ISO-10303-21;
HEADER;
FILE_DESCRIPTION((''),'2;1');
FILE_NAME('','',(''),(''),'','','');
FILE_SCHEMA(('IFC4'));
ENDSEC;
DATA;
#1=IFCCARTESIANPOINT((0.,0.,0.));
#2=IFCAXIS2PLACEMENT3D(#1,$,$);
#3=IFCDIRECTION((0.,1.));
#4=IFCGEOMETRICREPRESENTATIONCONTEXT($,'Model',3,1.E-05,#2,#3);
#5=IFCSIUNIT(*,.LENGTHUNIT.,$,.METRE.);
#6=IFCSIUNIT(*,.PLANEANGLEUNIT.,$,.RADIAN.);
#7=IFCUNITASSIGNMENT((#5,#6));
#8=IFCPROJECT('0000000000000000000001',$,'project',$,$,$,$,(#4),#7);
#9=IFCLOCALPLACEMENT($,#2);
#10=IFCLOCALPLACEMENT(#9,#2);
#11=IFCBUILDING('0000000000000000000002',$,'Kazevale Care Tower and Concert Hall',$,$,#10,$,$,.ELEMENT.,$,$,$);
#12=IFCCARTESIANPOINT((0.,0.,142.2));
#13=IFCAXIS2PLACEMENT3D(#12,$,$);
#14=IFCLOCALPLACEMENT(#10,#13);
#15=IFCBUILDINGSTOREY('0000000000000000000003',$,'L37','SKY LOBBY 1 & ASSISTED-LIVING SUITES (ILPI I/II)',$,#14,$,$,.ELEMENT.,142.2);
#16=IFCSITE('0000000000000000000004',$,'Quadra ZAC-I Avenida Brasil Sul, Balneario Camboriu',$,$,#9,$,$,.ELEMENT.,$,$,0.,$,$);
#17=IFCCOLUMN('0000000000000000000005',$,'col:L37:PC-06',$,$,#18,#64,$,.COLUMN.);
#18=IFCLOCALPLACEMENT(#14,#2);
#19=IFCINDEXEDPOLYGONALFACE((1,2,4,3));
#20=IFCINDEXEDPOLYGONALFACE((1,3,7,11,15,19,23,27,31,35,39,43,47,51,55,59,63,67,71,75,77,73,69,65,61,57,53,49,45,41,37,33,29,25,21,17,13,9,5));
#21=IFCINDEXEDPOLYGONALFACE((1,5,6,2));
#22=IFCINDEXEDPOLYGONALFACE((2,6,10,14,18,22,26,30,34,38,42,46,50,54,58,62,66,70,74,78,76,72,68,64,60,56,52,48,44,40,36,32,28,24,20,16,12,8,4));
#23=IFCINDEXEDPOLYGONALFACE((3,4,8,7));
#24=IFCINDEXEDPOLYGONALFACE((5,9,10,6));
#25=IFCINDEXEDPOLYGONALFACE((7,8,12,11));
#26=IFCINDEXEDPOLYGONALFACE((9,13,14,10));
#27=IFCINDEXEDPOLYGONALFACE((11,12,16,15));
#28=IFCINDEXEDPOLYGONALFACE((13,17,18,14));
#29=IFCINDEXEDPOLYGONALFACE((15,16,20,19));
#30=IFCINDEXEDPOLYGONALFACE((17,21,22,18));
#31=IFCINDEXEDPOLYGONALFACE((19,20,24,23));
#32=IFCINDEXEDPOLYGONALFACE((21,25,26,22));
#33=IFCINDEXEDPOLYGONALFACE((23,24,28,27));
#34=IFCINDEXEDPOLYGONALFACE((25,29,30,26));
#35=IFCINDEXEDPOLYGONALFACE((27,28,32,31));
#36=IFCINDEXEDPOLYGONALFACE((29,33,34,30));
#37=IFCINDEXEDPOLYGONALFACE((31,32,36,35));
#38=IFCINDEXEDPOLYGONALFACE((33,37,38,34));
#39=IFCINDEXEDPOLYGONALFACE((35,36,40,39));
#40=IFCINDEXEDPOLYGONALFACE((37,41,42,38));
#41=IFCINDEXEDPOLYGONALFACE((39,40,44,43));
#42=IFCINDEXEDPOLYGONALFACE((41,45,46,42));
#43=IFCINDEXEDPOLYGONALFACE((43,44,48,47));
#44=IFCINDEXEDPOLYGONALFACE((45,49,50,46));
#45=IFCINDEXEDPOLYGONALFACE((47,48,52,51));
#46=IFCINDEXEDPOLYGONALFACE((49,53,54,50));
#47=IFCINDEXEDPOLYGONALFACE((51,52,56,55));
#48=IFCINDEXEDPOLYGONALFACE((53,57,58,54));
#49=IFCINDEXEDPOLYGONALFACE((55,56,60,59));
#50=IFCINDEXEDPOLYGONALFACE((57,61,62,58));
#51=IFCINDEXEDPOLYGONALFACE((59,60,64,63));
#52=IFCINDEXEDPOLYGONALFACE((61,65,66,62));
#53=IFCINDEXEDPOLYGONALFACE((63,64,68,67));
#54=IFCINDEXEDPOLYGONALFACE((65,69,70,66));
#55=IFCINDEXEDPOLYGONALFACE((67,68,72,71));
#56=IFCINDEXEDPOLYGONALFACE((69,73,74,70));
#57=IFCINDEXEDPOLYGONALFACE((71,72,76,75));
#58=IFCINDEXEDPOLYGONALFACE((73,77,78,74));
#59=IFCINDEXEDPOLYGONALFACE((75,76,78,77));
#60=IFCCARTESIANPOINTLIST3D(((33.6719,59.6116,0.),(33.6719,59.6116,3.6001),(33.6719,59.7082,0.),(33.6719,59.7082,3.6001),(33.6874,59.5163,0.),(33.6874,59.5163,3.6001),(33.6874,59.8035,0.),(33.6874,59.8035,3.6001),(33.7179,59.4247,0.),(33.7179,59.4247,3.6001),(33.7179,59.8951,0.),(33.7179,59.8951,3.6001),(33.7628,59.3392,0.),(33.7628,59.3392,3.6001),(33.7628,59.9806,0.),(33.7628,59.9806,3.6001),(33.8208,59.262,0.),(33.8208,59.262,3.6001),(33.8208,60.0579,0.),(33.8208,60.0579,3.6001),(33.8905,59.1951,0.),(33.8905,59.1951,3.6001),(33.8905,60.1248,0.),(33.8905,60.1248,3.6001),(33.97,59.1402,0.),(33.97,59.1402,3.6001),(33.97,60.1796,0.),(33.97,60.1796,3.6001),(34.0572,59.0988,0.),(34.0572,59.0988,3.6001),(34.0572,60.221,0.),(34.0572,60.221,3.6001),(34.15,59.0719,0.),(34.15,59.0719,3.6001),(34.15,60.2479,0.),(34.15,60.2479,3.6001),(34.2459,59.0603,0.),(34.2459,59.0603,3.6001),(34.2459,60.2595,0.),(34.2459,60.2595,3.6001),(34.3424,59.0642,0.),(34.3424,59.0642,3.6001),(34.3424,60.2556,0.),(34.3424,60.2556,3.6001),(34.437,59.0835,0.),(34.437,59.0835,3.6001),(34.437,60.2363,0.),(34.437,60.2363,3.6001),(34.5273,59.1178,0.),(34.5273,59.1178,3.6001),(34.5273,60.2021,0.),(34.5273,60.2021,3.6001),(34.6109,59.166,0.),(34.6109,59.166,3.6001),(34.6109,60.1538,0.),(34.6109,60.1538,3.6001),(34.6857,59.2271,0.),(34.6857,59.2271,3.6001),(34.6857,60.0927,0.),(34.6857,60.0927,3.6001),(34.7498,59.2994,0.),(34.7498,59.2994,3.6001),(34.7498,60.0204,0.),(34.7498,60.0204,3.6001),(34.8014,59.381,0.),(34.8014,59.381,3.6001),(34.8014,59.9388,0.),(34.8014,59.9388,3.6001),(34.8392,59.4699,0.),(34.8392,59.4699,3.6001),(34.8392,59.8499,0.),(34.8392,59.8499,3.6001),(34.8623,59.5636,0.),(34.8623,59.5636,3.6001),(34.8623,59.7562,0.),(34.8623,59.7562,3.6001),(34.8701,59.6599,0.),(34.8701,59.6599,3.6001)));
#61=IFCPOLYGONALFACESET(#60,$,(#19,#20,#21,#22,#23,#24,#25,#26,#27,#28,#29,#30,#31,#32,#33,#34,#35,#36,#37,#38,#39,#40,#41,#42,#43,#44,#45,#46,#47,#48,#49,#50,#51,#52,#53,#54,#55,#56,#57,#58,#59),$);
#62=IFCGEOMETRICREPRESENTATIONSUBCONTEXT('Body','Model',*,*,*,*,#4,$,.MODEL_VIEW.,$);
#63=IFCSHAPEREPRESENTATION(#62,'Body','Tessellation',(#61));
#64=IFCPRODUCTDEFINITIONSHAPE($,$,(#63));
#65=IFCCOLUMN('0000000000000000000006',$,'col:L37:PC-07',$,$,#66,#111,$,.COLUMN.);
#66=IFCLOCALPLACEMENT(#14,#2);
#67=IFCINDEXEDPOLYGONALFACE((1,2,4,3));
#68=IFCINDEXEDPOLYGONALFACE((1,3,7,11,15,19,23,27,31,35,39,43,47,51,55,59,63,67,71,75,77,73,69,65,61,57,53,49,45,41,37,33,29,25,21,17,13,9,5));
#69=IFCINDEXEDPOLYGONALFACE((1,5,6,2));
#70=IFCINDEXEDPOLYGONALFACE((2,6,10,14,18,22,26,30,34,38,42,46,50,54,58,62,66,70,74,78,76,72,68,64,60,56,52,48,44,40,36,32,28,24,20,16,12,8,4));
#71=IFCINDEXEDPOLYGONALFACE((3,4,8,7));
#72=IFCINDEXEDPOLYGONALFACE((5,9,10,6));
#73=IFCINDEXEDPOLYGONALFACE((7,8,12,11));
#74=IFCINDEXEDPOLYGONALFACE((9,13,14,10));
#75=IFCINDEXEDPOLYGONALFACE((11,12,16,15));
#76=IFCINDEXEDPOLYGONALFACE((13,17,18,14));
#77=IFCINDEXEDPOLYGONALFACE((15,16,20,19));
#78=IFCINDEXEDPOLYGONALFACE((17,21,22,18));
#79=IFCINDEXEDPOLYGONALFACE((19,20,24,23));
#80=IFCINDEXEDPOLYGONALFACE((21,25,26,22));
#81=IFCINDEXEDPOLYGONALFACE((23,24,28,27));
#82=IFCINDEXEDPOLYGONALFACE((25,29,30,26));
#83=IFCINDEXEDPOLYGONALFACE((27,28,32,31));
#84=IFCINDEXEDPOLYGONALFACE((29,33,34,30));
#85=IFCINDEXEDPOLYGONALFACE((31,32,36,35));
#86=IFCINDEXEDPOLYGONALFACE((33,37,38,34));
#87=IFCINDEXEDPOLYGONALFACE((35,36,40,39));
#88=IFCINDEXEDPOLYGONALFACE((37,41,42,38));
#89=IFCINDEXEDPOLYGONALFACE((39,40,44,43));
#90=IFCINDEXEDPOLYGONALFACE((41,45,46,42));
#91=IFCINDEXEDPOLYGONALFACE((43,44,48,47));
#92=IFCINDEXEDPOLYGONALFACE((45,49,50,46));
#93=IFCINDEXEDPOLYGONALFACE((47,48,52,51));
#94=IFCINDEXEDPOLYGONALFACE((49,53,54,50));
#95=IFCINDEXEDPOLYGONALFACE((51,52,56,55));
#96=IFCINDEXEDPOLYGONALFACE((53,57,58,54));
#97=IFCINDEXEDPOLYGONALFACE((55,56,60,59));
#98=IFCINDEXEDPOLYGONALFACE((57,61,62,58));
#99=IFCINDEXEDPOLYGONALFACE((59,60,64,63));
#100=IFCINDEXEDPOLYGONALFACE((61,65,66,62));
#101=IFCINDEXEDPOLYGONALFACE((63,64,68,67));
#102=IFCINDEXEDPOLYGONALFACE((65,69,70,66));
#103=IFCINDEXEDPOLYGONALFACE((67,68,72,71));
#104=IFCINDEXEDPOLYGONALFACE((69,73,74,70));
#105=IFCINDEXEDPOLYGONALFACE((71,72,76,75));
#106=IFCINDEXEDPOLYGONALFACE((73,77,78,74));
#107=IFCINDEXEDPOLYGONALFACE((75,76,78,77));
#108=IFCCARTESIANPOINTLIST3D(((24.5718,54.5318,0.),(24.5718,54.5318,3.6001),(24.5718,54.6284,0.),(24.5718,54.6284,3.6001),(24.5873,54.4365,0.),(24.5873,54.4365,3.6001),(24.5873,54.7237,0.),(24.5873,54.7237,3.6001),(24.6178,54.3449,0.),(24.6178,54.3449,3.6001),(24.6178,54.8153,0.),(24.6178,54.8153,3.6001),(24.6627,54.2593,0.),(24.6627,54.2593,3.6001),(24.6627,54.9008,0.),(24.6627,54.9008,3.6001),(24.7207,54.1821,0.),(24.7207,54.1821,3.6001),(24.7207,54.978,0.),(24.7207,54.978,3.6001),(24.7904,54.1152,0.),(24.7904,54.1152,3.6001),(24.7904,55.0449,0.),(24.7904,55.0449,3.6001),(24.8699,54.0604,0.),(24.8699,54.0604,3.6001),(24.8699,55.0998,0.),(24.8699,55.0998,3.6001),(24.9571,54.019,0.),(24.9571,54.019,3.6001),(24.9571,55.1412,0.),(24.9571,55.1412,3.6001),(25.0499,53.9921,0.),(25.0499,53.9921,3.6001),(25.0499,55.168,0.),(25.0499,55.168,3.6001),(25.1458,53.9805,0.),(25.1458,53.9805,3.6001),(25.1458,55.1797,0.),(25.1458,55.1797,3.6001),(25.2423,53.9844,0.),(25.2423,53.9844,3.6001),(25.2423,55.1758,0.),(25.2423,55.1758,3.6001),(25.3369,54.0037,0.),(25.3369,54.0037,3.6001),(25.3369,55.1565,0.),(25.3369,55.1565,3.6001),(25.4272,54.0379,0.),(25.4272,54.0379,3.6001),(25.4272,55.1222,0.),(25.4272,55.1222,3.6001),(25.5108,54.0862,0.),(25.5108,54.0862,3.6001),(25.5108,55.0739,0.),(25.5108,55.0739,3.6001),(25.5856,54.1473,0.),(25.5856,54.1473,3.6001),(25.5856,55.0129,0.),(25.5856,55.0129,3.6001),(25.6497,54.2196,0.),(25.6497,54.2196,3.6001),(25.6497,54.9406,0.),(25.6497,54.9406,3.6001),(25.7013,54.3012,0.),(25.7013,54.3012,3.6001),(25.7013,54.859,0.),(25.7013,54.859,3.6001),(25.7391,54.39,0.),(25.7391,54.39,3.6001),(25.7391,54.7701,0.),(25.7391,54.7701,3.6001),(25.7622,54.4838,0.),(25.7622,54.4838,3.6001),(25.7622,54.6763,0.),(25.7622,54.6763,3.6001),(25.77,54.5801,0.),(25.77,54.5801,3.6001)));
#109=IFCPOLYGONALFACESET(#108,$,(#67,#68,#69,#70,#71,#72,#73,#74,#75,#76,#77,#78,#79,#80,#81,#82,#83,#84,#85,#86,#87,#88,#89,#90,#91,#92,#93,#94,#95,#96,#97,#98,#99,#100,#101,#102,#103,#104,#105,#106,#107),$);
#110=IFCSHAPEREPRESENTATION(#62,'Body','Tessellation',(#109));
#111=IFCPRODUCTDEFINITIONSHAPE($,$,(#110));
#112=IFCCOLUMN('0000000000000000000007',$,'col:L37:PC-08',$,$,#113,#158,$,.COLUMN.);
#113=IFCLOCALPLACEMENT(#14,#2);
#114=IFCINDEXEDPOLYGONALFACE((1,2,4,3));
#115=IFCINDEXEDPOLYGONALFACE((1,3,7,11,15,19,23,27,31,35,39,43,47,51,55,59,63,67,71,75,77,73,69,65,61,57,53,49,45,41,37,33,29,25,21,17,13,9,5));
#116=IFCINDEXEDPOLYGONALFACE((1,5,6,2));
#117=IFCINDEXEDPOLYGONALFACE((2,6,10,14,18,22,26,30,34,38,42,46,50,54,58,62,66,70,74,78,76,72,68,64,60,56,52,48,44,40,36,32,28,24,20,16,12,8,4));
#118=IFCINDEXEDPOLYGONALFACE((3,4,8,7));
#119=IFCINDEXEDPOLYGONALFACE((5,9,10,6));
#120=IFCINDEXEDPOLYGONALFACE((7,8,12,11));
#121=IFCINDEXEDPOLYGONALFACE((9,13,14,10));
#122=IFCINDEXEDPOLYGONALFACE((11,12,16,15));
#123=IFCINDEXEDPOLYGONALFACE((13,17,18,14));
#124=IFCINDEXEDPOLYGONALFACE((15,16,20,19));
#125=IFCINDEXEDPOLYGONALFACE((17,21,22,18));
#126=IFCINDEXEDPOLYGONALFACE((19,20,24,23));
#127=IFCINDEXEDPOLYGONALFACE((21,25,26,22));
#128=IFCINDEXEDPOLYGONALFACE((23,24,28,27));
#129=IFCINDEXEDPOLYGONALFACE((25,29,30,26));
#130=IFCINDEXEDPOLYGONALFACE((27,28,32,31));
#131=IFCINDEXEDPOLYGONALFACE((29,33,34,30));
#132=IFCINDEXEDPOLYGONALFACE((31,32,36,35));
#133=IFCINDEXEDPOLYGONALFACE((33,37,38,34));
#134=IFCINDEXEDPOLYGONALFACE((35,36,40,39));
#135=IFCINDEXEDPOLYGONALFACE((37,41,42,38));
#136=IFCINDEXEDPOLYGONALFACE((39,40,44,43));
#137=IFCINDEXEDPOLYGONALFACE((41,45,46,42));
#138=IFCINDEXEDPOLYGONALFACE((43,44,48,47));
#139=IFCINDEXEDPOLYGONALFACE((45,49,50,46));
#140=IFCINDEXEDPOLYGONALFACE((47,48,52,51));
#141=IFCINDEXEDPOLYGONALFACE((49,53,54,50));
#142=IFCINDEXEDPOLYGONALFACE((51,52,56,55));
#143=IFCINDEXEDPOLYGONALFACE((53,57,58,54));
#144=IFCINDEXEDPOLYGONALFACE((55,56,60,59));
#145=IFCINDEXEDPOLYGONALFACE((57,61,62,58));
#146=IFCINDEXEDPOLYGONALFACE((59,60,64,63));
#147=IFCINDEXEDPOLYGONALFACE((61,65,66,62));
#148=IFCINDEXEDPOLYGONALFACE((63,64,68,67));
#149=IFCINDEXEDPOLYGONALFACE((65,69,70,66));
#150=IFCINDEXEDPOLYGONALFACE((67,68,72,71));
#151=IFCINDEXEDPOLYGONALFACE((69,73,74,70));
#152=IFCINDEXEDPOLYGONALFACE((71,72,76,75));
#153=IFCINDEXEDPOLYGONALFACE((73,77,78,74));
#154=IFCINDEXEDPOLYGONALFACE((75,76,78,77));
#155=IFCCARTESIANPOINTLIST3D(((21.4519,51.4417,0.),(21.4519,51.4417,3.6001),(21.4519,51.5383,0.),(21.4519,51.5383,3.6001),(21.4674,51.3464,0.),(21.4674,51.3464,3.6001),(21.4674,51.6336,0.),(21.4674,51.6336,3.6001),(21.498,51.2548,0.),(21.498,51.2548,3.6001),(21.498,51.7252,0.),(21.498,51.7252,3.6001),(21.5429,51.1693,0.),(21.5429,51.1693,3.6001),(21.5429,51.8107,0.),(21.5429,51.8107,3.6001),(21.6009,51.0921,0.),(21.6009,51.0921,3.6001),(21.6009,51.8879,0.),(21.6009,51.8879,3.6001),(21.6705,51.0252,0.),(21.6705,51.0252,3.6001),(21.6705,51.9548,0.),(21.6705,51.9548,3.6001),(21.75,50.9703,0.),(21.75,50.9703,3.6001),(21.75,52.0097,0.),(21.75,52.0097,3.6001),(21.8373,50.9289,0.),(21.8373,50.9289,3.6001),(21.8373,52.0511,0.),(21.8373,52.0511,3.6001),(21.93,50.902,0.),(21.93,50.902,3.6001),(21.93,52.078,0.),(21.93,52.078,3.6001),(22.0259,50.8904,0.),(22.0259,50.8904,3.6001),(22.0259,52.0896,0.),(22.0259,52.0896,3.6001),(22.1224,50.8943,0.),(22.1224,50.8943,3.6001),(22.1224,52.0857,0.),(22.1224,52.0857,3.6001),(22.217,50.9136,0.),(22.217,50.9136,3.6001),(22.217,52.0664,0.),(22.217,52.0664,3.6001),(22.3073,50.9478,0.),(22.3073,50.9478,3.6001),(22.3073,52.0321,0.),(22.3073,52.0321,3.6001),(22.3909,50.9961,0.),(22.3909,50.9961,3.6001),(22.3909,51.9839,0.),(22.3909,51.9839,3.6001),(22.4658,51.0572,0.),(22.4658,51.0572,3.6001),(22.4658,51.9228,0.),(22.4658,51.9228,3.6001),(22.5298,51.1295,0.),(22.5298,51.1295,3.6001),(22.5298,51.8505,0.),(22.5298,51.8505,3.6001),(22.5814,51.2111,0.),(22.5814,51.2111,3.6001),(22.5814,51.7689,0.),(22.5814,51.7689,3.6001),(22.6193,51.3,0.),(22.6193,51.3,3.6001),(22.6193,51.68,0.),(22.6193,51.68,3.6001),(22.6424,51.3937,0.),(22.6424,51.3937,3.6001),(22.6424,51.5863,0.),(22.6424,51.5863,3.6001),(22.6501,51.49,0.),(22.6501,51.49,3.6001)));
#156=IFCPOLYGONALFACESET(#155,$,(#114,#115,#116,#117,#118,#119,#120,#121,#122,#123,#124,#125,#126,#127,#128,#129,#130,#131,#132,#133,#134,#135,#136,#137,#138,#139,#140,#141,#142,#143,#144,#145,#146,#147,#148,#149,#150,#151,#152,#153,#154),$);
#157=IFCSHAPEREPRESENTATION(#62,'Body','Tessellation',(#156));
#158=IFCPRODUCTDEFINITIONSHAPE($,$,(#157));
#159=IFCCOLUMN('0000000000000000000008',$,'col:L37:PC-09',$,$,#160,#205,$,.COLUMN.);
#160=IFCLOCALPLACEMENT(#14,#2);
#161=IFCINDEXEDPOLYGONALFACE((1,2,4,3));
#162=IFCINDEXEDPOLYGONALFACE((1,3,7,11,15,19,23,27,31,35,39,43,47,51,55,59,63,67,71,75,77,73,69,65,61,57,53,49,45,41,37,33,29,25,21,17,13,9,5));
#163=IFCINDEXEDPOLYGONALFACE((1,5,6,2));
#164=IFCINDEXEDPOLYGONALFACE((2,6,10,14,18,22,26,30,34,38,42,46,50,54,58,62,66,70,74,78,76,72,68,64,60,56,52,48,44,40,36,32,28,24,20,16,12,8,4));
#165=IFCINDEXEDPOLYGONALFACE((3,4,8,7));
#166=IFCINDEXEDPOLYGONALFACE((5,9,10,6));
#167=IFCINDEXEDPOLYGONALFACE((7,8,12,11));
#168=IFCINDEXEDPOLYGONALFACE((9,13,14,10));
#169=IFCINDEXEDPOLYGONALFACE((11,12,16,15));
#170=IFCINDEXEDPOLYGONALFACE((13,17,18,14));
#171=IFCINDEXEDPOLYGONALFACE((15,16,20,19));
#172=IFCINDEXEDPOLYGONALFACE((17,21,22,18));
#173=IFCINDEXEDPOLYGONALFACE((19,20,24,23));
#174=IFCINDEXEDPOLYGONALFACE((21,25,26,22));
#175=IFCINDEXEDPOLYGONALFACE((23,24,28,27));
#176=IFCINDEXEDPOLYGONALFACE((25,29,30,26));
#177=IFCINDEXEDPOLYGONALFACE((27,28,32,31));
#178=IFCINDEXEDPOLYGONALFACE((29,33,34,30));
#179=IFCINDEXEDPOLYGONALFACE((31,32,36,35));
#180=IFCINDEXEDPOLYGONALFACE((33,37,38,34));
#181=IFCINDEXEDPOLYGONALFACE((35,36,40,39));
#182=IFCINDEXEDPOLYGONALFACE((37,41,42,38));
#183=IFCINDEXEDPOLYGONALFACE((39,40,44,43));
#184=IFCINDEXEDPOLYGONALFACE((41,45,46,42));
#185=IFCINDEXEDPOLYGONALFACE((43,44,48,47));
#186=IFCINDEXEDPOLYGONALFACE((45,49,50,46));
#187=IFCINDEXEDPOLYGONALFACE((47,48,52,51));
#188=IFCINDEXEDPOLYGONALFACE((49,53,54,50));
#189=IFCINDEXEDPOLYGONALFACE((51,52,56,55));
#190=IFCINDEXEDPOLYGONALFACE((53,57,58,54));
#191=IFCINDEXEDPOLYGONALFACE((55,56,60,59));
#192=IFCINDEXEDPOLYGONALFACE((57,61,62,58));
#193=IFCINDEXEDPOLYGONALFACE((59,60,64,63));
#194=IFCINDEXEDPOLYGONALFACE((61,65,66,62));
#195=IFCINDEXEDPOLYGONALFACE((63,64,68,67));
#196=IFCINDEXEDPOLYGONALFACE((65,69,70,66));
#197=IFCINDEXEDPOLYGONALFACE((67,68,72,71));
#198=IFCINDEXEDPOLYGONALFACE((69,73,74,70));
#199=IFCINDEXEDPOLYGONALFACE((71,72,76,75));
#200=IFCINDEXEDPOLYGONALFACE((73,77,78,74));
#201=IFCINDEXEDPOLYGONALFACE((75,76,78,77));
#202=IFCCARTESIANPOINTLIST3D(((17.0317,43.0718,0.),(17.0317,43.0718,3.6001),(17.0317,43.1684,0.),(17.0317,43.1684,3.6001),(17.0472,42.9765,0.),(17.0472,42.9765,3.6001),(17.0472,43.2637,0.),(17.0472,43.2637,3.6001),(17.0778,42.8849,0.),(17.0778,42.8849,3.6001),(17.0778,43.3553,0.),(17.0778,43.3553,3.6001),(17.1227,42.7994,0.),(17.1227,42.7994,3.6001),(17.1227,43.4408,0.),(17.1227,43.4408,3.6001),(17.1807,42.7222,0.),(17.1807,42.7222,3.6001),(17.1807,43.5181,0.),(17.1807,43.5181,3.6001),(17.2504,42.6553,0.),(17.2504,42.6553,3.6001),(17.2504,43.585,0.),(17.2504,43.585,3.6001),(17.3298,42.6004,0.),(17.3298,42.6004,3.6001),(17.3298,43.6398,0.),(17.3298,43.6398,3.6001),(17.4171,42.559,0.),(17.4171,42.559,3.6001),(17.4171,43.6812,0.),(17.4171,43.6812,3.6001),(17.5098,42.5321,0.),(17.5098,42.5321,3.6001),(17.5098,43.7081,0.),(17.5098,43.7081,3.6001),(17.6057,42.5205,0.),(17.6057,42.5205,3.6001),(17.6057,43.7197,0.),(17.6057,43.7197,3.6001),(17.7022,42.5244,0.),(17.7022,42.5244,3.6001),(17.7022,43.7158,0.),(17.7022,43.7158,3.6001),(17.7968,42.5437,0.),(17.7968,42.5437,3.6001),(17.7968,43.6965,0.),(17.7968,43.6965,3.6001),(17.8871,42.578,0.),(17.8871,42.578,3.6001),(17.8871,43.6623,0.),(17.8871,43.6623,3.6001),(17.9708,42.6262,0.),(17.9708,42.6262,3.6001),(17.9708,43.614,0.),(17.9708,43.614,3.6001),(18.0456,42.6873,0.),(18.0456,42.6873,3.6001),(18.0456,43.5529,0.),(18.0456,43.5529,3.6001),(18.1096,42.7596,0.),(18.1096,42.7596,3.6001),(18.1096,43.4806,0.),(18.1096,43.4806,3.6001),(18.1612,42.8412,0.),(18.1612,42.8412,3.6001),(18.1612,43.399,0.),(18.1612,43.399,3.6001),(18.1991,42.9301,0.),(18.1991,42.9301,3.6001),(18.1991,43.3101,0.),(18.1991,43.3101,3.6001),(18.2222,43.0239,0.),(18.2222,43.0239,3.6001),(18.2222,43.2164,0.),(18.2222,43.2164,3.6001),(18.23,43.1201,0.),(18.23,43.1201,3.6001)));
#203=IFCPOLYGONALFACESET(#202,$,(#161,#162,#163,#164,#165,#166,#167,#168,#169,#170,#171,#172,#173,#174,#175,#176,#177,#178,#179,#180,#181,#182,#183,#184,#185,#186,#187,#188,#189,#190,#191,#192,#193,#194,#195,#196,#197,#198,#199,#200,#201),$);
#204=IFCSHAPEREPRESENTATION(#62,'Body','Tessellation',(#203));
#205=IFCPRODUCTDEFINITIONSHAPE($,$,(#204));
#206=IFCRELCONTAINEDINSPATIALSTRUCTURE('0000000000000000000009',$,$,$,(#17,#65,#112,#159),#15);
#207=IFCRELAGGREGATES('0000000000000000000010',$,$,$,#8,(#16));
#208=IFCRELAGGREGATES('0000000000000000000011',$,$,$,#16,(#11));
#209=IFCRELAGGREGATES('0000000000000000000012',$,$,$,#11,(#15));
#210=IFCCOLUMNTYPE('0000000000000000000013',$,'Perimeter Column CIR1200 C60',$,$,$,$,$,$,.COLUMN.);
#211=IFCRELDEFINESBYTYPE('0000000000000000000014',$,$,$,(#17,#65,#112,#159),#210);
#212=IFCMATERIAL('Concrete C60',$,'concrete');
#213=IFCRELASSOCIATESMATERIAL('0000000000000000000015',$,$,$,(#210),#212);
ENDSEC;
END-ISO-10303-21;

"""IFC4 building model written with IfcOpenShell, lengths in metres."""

from ifc_helpers import new_model, si_unit, direction, frame, origin, origin_2d, place, context, subcontext, project, spatial, circle, extrude, material, material_profile, profile_set, type_object, element, save


model = new_model("IFC4")

# Units and contexts
model_context = context("Model", 3, precision=1e-05, world=origin(), true_north=direction((0.0, 1.0)))
body_context = subcontext(model_context, "Body", "Model", "MODEL_VIEW")
ifc_project = project(units=[si_unit("LENGTHUNIT", "METRE"), si_unit("PLANEANGLEUNIT", "RADIAN")], contexts=[model_context])

# Site, building, storey
site_placement = place(None, origin())
site = spatial("IfcSite", under=ifc_project, at=site_placement, Name="Quadra ZAC-I Avenida Brasil Sul, Balneario Camboriu", CompositionType="ELEMENT", RefElevation=0.0)
building_placement = place(site_placement, origin())
building = spatial("IfcBuilding", under=site, at=building_placement, Name="Kazevale Care Tower and Concert Hall", CompositionType="ELEMENT")
storey_placement = place(building_placement, frame((0.0, 0.0, 142.2)))
storey = spatial("IfcBuildingStorey", under=building, at=storey_placement, Name="L37", Description="SKY LOBBY 1 & ASSISTED-LIVING SUITES (ILPI I/II)", CompositionType="ELEMENT", Elevation=142.2)

# Columns
ifc_material_1 = material(Name="Concrete C60", Category="concrete")
ifc_material_profile_1 = material_profile(ifc_material_1, circle(Radius=0.6001, at=origin_2d()), Name="RC-CIR1200")
ifc_profile_set_1 = profile_set([ifc_material_profile_1], Name="Concrete C60")
column_type = type_object("IfcColumnType", Name="Perimeter Column CIR1200 C60", PredefinedType="COLUMN", material=ifc_profile_set_1)
for number, where, z_axis, x_axis, name in (
    (1, (34.27, 59.6599, 0.0), (0.0, 0.0, 1.0), (1.0, 0.0, 0.0), "col:L37:PC-06"),
    (2, (25.1699, 54.5801, 0.0), (0.0, 0.0, 1.0), (1.0, 0.0, 0.0), "col:L37:PC-07"),
    (3, (22.05, 51.49, 0.0), (0.0, 0.0, 1.0), (1.0, 0.0, 0.0), "col:L37:PC-08"),
    (4, (17.6299, 43.1201, 0.0), (0.0, 0.0, 1.0), (1.0, 0.0, 0.0), "col:L37:PC-09"),
):
    element("IfcColumn", number, at=place(storey_placement, frame(where, z_axis=z_axis, x_axis=x_axis)), inside=storey, type_object=column_type, Name=name, PredefinedType="COLUMN", context=body_context, shape_type="SweptSolid", body=[
        extrude(circle(Radius=0.6001, at=origin_2d()), origin(), (0.0, 0.0, 1.0), 3.6001),
    ])

save(model, "model.ifc")
